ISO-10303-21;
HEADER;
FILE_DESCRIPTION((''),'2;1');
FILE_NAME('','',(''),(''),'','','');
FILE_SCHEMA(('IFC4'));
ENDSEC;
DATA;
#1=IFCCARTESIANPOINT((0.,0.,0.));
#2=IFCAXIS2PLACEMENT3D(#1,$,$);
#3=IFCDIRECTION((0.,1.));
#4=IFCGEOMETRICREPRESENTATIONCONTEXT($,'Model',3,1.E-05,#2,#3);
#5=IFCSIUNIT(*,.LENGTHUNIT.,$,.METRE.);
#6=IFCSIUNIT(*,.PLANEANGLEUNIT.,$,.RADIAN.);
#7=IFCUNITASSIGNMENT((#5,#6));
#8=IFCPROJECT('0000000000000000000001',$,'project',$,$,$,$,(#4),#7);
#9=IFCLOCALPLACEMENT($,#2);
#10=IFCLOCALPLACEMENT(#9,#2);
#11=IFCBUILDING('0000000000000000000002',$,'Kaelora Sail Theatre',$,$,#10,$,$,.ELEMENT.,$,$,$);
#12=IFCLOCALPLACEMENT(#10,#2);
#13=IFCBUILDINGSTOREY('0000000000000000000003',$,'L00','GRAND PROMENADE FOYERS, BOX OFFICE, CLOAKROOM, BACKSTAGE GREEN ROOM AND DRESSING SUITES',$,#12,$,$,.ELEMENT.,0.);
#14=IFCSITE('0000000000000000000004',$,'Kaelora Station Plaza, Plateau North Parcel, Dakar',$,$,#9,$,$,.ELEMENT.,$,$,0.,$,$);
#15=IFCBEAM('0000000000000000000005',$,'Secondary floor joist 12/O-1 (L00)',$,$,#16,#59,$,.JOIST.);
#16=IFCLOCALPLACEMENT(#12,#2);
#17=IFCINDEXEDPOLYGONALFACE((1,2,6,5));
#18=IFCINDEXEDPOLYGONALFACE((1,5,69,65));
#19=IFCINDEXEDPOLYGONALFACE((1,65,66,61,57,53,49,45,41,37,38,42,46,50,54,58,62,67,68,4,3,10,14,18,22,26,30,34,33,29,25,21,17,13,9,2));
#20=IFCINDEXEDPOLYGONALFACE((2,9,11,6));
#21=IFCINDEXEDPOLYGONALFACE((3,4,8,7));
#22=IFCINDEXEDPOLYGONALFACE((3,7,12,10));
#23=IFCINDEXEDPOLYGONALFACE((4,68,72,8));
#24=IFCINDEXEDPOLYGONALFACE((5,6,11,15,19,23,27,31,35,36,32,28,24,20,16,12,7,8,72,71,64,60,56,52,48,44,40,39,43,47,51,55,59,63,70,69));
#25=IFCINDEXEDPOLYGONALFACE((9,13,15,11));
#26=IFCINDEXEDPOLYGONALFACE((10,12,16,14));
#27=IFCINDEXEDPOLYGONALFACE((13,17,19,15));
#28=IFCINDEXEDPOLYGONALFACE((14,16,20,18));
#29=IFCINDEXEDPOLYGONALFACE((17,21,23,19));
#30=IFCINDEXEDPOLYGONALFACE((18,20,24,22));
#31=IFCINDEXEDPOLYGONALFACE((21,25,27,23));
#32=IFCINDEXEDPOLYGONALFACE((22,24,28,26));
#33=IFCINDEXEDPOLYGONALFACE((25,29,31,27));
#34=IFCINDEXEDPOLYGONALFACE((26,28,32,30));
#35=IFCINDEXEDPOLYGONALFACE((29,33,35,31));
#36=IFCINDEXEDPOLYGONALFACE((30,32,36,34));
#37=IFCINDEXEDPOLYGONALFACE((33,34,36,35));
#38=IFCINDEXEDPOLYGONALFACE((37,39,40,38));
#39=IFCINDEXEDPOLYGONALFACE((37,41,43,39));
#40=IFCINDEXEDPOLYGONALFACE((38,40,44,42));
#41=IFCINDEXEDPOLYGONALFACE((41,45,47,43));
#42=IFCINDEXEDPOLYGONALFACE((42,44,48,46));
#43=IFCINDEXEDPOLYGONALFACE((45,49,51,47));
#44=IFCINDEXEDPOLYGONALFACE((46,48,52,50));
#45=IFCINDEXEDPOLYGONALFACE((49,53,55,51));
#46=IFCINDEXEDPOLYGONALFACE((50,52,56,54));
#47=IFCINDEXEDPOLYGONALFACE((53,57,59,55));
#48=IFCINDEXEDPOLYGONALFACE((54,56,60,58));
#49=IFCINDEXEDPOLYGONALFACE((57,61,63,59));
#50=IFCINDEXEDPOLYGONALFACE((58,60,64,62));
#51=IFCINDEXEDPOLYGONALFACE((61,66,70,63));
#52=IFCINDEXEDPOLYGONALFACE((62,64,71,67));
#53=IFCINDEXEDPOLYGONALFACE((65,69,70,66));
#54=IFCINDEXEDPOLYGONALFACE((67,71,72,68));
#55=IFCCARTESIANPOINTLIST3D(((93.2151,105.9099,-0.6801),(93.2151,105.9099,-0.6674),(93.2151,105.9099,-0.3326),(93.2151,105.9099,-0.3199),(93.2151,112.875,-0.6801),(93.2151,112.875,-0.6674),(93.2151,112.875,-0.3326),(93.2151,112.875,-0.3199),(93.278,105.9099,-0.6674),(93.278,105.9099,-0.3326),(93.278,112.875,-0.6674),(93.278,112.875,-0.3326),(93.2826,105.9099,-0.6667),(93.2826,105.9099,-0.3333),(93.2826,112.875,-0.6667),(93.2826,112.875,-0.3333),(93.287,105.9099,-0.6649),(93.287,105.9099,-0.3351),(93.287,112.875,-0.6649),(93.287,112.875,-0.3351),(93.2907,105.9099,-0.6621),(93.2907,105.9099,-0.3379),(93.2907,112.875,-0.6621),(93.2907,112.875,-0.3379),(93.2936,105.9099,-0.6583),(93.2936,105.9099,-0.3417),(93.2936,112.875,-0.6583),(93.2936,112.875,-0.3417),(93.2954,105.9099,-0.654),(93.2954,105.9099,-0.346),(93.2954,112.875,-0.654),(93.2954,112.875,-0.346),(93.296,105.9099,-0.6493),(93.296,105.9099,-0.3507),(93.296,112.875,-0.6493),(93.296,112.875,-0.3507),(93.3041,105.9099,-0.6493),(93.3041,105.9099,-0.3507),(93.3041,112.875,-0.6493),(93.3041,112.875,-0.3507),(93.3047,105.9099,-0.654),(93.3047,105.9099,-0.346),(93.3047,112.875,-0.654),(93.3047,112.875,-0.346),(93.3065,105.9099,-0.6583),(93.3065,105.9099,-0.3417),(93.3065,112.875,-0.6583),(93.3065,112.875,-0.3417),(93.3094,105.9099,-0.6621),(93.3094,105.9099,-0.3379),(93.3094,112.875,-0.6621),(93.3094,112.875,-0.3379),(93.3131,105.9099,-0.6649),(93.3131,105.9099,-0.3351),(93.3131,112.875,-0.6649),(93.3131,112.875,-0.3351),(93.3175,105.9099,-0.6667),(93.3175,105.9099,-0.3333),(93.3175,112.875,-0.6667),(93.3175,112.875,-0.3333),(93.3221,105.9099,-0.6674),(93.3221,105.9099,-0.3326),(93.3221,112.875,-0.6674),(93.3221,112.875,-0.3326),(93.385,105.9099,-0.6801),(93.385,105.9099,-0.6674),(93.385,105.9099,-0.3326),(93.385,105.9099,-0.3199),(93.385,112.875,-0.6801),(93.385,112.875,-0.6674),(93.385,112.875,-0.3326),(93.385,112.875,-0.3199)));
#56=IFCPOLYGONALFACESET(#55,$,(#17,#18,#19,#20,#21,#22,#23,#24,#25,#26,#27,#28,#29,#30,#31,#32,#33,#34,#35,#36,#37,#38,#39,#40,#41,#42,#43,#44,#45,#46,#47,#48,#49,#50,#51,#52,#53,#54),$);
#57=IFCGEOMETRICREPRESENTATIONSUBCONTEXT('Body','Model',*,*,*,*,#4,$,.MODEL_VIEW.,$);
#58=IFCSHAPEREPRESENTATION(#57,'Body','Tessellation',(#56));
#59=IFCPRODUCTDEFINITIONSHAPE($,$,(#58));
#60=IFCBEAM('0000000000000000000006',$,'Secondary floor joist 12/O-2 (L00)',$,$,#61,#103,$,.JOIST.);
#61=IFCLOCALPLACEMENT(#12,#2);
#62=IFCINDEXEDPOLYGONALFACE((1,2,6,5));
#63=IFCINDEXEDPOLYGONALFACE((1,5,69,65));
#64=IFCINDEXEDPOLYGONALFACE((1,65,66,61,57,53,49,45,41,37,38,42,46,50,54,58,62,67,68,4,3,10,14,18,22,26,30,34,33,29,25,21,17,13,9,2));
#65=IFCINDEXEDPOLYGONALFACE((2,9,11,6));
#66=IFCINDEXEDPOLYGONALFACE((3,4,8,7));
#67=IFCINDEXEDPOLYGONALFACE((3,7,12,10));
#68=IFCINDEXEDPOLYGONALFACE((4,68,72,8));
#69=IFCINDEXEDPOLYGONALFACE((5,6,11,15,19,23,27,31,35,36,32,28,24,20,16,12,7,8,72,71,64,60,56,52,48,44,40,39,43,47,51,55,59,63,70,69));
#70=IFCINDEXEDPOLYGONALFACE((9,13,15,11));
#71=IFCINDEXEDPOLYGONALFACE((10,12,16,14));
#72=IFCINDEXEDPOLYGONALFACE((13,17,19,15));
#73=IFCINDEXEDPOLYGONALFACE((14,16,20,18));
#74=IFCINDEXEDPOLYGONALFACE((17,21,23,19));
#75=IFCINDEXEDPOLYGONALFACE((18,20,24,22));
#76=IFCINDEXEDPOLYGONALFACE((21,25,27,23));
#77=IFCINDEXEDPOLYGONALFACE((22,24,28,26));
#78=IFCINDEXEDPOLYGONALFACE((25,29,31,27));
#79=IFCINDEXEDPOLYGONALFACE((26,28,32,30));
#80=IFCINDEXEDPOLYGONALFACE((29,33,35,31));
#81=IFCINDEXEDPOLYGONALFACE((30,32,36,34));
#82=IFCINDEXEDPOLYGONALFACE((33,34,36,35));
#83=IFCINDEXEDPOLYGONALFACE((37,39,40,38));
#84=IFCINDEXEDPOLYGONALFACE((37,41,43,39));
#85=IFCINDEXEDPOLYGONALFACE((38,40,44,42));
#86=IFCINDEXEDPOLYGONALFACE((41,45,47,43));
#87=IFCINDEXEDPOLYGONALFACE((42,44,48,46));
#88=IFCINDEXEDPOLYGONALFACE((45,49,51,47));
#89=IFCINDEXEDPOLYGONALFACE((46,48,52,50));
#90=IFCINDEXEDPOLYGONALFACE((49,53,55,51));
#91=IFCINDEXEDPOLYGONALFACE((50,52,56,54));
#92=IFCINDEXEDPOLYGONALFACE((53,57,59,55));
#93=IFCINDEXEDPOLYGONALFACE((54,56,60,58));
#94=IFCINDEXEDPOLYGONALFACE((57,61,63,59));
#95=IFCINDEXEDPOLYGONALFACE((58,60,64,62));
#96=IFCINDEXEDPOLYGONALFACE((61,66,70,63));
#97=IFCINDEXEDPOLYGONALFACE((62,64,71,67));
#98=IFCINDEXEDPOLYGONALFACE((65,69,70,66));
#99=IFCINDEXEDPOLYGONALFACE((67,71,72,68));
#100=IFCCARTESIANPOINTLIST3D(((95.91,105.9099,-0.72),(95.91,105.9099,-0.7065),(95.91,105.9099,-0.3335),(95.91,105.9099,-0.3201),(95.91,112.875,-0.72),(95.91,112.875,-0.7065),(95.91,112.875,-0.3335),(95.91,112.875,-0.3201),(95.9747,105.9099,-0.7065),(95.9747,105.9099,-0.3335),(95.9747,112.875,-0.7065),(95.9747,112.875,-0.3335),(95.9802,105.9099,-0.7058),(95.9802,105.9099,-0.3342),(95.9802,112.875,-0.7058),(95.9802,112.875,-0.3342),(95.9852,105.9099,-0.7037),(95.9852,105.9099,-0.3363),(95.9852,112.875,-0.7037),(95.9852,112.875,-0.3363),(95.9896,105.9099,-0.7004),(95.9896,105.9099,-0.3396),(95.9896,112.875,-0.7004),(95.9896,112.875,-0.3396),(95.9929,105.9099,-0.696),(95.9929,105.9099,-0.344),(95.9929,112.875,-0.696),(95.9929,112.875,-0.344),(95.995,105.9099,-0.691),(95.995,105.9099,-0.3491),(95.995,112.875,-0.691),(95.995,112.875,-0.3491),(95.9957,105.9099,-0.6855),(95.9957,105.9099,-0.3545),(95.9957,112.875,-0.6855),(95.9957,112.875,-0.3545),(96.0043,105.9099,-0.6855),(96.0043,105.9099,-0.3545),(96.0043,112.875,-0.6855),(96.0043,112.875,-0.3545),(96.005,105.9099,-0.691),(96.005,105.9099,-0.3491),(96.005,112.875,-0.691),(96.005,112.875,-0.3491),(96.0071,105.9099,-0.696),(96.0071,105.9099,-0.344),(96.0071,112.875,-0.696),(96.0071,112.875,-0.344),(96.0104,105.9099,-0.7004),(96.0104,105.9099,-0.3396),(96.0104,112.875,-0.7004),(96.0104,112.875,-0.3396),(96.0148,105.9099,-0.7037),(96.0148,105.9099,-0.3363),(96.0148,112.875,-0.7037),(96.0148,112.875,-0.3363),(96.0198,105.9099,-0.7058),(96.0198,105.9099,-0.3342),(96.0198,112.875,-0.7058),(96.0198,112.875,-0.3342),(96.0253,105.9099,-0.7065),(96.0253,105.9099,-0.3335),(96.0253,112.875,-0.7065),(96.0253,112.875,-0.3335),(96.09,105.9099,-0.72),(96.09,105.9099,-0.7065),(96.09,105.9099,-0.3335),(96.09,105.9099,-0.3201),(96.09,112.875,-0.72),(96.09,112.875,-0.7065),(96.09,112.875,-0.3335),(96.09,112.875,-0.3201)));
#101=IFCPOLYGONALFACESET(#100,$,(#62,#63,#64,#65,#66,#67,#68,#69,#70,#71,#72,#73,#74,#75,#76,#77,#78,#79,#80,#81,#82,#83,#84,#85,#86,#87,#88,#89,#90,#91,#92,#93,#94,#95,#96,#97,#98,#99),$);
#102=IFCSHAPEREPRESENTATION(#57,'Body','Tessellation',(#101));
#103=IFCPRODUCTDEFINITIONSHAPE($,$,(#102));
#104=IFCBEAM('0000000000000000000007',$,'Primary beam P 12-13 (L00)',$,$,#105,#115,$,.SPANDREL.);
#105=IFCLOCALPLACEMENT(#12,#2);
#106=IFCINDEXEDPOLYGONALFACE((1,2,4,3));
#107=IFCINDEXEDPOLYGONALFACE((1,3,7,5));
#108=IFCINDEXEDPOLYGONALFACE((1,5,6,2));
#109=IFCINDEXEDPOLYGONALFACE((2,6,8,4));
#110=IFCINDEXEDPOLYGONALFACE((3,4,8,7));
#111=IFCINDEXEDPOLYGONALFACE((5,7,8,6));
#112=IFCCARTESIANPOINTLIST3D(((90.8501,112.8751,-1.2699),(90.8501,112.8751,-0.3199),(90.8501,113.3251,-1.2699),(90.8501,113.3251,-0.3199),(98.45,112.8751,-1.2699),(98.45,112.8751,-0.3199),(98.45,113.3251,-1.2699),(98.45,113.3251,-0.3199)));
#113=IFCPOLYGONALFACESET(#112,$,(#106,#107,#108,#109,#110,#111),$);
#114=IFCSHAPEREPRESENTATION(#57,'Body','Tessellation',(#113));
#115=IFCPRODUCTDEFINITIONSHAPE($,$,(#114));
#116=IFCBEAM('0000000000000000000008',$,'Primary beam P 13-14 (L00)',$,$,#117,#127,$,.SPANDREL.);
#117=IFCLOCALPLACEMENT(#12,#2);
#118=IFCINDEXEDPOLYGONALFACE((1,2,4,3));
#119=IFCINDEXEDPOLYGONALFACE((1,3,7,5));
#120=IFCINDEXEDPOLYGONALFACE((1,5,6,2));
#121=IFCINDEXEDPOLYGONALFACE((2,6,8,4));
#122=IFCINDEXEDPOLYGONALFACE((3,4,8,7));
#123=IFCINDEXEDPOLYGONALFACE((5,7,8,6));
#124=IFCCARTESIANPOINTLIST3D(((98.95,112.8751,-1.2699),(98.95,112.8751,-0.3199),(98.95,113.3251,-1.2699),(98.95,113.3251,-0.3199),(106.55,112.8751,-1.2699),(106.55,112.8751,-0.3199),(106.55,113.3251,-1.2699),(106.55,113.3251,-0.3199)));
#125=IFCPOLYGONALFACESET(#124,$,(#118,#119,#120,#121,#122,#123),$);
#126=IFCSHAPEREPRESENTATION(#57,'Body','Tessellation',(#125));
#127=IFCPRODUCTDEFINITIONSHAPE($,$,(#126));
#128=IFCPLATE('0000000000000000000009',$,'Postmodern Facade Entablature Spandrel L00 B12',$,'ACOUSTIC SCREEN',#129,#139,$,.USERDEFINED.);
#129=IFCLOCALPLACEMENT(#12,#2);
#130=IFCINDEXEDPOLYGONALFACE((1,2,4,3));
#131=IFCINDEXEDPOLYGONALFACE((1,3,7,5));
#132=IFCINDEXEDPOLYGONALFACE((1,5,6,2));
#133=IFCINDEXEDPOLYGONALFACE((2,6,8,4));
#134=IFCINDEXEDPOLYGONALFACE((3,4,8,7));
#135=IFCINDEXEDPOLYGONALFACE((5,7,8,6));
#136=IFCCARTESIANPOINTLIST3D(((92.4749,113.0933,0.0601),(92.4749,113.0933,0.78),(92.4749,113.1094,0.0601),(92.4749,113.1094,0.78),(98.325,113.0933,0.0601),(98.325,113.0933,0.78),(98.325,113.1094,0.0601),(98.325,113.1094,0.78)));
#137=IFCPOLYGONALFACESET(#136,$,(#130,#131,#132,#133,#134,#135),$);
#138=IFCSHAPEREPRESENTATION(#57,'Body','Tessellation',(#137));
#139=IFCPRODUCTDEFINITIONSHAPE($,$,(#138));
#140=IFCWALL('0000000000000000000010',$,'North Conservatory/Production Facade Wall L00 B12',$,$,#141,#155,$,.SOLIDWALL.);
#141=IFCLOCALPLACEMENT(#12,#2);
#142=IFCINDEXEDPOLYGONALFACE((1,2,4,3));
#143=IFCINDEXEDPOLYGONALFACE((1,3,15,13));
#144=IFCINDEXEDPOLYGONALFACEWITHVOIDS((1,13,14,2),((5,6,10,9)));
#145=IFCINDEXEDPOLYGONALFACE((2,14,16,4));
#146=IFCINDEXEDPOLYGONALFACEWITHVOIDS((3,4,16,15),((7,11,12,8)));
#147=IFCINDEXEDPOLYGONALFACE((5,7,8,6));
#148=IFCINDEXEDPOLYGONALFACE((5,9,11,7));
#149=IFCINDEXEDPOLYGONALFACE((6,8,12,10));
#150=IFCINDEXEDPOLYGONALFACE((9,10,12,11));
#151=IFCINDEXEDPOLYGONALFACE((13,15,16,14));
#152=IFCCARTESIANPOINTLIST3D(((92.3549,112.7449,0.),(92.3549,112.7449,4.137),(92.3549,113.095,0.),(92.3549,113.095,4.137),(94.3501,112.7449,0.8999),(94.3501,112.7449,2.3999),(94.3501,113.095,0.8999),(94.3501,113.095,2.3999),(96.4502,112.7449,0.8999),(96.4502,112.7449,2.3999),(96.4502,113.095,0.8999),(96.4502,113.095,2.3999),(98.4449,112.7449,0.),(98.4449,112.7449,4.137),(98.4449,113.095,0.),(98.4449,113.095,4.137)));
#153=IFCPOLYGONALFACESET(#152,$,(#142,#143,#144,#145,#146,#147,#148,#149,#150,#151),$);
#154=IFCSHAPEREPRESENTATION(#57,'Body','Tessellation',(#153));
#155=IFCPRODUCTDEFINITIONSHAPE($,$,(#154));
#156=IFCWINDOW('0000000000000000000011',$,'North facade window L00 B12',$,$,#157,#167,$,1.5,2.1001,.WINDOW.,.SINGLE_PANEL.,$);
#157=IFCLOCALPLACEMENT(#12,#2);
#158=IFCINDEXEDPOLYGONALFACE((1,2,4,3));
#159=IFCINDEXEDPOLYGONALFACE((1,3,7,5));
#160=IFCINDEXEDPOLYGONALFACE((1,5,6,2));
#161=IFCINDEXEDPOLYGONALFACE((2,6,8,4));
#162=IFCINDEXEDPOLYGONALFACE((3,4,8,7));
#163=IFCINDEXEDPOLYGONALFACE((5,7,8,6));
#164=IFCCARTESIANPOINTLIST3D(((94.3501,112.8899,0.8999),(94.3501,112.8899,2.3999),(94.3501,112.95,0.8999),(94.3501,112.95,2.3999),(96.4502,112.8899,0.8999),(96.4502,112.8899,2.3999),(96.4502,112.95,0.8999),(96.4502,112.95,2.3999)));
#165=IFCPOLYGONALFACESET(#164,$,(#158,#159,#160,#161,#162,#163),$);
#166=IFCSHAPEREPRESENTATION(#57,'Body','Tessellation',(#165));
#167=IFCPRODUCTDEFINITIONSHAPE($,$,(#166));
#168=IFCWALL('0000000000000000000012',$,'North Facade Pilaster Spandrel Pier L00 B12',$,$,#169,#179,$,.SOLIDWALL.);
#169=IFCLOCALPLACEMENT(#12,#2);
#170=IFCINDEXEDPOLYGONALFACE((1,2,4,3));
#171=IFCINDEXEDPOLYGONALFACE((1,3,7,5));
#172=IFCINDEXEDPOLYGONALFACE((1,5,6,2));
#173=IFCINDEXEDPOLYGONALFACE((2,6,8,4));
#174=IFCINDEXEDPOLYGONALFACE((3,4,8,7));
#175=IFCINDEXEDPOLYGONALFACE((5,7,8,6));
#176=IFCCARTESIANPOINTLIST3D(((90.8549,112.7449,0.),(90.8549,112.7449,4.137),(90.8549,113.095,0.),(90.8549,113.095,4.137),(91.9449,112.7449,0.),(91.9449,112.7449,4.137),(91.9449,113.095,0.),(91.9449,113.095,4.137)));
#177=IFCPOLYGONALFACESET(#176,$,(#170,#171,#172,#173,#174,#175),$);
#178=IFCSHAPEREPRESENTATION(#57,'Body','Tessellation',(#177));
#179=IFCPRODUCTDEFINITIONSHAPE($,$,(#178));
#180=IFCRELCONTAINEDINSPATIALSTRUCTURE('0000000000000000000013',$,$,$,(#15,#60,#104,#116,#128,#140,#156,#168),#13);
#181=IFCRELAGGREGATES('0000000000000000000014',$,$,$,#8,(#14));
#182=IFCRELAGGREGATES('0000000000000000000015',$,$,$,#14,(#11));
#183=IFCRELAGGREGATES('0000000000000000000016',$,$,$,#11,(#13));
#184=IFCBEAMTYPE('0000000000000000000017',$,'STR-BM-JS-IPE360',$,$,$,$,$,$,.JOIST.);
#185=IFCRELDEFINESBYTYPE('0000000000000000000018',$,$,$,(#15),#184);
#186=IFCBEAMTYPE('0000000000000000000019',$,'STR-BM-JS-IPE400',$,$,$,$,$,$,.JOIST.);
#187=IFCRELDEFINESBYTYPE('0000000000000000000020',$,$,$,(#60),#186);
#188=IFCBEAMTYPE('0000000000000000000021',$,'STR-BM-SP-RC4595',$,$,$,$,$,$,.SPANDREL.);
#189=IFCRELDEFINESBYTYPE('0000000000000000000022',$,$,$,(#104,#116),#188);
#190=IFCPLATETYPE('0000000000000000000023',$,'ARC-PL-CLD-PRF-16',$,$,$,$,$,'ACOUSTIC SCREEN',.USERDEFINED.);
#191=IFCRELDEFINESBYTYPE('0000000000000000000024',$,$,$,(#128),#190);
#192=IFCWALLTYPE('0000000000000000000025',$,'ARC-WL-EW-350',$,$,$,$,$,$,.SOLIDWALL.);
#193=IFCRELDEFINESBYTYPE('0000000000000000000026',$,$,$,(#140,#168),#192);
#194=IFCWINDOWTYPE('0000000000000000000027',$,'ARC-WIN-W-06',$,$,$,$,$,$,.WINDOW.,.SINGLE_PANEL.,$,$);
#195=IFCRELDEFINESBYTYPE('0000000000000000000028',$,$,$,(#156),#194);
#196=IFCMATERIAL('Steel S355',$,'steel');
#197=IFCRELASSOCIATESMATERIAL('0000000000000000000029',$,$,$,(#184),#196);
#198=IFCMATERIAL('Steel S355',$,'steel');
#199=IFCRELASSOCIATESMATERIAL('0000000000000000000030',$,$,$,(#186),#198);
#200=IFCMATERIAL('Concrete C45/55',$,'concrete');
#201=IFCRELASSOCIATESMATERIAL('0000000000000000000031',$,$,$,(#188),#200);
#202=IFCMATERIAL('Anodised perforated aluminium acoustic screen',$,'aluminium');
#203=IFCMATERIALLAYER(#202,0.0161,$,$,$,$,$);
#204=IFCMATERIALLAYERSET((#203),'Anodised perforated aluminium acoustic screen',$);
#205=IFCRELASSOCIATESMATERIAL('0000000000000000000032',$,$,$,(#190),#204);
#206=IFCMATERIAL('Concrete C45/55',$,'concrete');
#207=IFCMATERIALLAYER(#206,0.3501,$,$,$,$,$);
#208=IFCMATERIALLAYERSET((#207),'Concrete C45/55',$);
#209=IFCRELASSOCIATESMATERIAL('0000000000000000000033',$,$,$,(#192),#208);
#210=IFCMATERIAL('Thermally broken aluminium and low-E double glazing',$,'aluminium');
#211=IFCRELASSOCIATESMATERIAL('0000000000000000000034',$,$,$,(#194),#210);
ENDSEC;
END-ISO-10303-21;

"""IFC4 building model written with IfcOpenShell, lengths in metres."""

from ifc_helpers import new_model, si_unit, direction, frame, frame_2d, origin, origin_2d, place, context, subcontext, project, spatial, rectangle, i_section, extrude, material, layer, layer_set, material_profile, profile_set, type_object, element, fill, save


model = new_model("IFC4")

# Units and contexts
model_context = context("Model", 3, precision=1e-05, world=origin(), true_north=direction((0.0, 1.0)))
body_context = subcontext(model_context, "Body", "Model", "MODEL_VIEW")
ifc_project = project(units=[si_unit("LENGTHUNIT", "METRE"), si_unit("PLANEANGLEUNIT", "RADIAN")], contexts=[model_context])

# Site, building, storey
site_placement = place(None, origin())
site = spatial("IfcSite", under=ifc_project, at=site_placement, Name="Kaelora Station Plaza, Plateau North Parcel, Dakar", CompositionType="ELEMENT", RefElevation=0.0)
building_placement = place(site_placement, origin())
building = spatial("IfcBuilding", under=site, at=building_placement, Name="Kaelora Sail Theatre", CompositionType="ELEMENT")
storey_placement = place(building_placement, origin())
storey = spatial("IfcBuildingStorey", under=building, at=storey_placement, Name="L00", Description="GRAND PROMENADE FOYERS, BOX OFFICE, CLOAKROOM, BACKSTAGE GREEN ROOM AND DRESSING SUITES", CompositionType="ELEMENT", Elevation=0.0)

# Beams
ifc_material_1 = material(Name="Steel S355", Category="steel")
ifc_material_profile_1 = material_profile(ifc_material_1, i_section(OverallWidth=0.1699, OverallDepth=0.3601, WebThickness=0.0081, FlangeThickness=0.0127, FilletRadius=0.0181, at=origin_2d()), Name="IPE 360")
ifc_profile_set_1 = profile_set([ifc_material_profile_1], Name="Steel S355")
beam_type_1 = type_object("IfcBeamType", Name="STR-BM-JS-IPE360", PredefinedType="JOIST", material=ifc_profile_set_1)
beam_1_placement = place(storey_placement, frame((93.3, 105.9099, -0.5), z_axis=(0.0, 1.0, 0.0), x_axis=(-1.0, 0.0, 0.0)))
element("IfcBeam", 1, at=beam_1_placement, inside=storey, type_object=beam_type_1, Name="Secondary floor joist 12/O-1 (L00)", PredefinedType="JOIST", context=body_context, shape_type="SweptSolid", body=[
    extrude(i_section(OverallWidth=0.1699, OverallDepth=0.3601, WebThickness=0.0081, FlangeThickness=0.0127, FilletRadius=0.0181, at=origin_2d()), origin(), (0.0, 0.0, 1.0), 6.9651),
])
ifc_material_2 = material(Name="Steel S355", Category="steel")
ifc_material_profile_2 = material_profile(ifc_material_2, i_section(OverallWidth=0.1799, OverallDepth=0.3999, WebThickness=0.0085, FlangeThickness=0.0134, FilletRadius=0.021, at=origin_2d()), Name="IPE 400")
ifc_profile_set_2 = profile_set([ifc_material_profile_2], Name="Steel S355")
beam_type_2 = type_object("IfcBeamType", Name="STR-BM-JS-IPE400", PredefinedType="JOIST", material=ifc_profile_set_2)
beam_2_placement = place(storey_placement, frame((96.0, 105.9099, -0.52), z_axis=(0.0, 1.0, 0.0), x_axis=(-1.0, 0.0, 0.0)))
element("IfcBeam", 2, at=beam_2_placement, inside=storey, type_object=beam_type_2, Name="Secondary floor joist 12/O-2 (L00)", PredefinedType="JOIST", context=body_context, shape_type="SweptSolid", body=[
    extrude(i_section(OverallWidth=0.1799, OverallDepth=0.3999, WebThickness=0.0085, FlangeThickness=0.0134, FilletRadius=0.021, at=origin_2d()), origin(), (0.0, 0.0, 1.0), 6.9651),
])
ifc_material_3 = material(Name="Concrete C45/55", Category="concrete")
ifc_material_profile_3 = material_profile(ifc_material_3, rectangle(XDim=0.45, YDim=0.95, at=origin_2d()), Name="RC-SPN 450x950")
ifc_profile_set_3 = profile_set([ifc_material_profile_3], Name="Concrete C45/55")
beam_type_3 = type_object("IfcBeamType", Name="STR-BM-SP-RC4595", PredefinedType="SPANDREL", material=ifc_profile_set_3)
beam_3_placement = place(storey_placement, frame((90.8501, 113.1001, -0.7949), z_axis=(1.0, 0.0, 0.0), x_axis=(0.0, 1.0, 0.0)))
element("IfcBeam", 3, at=beam_3_placement, inside=storey, type_object=beam_type_3, Name="Primary beam P 12-13 (L00)", PredefinedType="SPANDREL", context=body_context, shape_type="SweptSolid", body=[
    extrude(rectangle(XDim=0.45, YDim=0.95, at=origin_2d()), origin(), (0.0, 0.0, 1.0), 7.5999),
])
beam_4_placement = place(storey_placement, frame((98.95, 113.1001, -0.7949), z_axis=(1.0, 0.0, 0.0), x_axis=(0.0, 1.0, 0.0)))
element("IfcBeam", 4, at=beam_4_placement, inside=storey, type_object=beam_type_3, Name="Primary beam P 13-14 (L00)", PredefinedType="SPANDREL", context=body_context, shape_type="SweptSolid", body=[
    extrude(rectangle(XDim=0.45, YDim=0.95, at=origin_2d()), origin(), (0.0, 0.0, 1.0), 7.6001),
])

# Plate
ifc_material_4 = material(Name="Anodised perforated aluminium acoustic screen", Category="aluminium")
ifc_layer_1 = layer(ifc_material_4, 0.0161)
ifc_layer_set_1 = layer_set([ifc_layer_1], Name="Anodised perforated aluminium acoustic screen")
plate_type = type_object("IfcPlateType", Name="ARC-PL-CLD-PRF-16", ElementType="ACOUSTIC SCREEN", PredefinedType="USERDEFINED", material=ifc_layer_set_1)
plate_placement = place(storey_placement, frame((95.3999, 113.1013, 0.0601), z_axis=(0.0, 0.0, 1.0), x_axis=(1.0, 0.0, 0.0)))
element("IfcPlate", 5, at=plate_placement, inside=storey, type_object=plate_type, Name="Postmodern Facade Entablature Spandrel L00 B12", ObjectType="ACOUSTIC SCREEN", PredefinedType="USERDEFINED", context=body_context, shape_type="SweptSolid", body=[
    extrude(rectangle(XDim=5.8501, YDim=0.0161, at=origin_2d()), origin(), (0.0, 0.0, 1.0), 0.72),
])

# Wall, opening, window
ifc_material_5 = material(Name="Concrete C45/55", Category="concrete")
ifc_layer_2 = layer(ifc_material_5, 0.3501)
ifc_layer_set_2 = layer_set([ifc_layer_2], Name="Concrete C45/55")
wall_type_1 = type_object("IfcWallType", Name="ARC-WL-EW-350", PredefinedType="SOLIDWALL", material=ifc_layer_set_2)
wall_1_placement = place(storey_placement, frame((92.355, 112.9199, 0.0), z_axis=(0.0, 0.0, 1.0), x_axis=(1.0, 0.0, 0.0)))
wall_1 = element("IfcWall", 6, at=wall_1_placement, inside=storey, type_object=wall_type_1, Name="North Conservatory/Production Facade Wall L00 B12", PredefinedType="SOLIDWALL", context=body_context, shape_type="SweptSolid", body=[
    extrude(rectangle(XDim=6.0901, YDim=0.3501, at=frame_2d((3.0449, 0.0))), origin(), (0.0, 0.0, 1.0), 4.137),
])
opening_placement = place(wall_1_placement, frame((1.9951, 0.0, 0.8999)))
opening = element("IfcOpeningElement", 7, at=opening_placement, cuts=wall_1, PredefinedType="OPENING", context=body_context, shape_type="SweptSolid", body=[
    extrude(rectangle(XDim=2.1001, YDim=1.5, at=frame_2d((1.05, 0.75))), frame((0.0, 0.185, 0.0), z_axis=(0.0, -1.0, 0.0), x_axis=(1.0, 0.0, 0.0)), (0.0, 0.0, 1.0), 0.3701),
])
ifc_material_6 = material(Name="Thermally broken aluminium and low-E double glazing", Category="aluminium")
window_type = type_object("IfcWindowType", Name="ARC-WIN-W-06", PartitioningType="SINGLE_PANEL", PredefinedType="WINDOW", material=ifc_material_6)
window_placement = place(opening_placement, origin())
window = element("IfcWindow", 8, at=window_placement, inside=storey, type_object=window_type, Name="North facade window L00 B12", OverallHeight=1.5, OverallWidth=2.1001, PartitioningType="SINGLE_PANEL", PredefinedType="WINDOW", context=body_context, shape_type="SweptSolid", body=[
    extrude(rectangle(XDim=2.1001, YDim=1.5, at=frame_2d((1.05, 0.75))), frame((0.0, 0.03, 0.0), z_axis=(0.0, -1.0, 0.0), x_axis=(1.0, 0.0, 0.0)), (0.0, 0.0, 1.0), 0.0601),
])
fill(opening, window)

# Wall
wall_2_placement = place(storey_placement, frame((90.855, 112.9199, 0.0), z_axis=(0.0, 0.0, 1.0), x_axis=(1.0, 0.0, 0.0)))
element("IfcWall", 9, at=wall_2_placement, inside=storey, type_object=wall_type_1, Name="North Facade Pilaster Spandrel Pier L00 B12", PredefinedType="SOLIDWALL", context=body_context, shape_type="SweptSolid", body=[
    extrude(rectangle(XDim=1.0901, YDim=0.3501, at=frame_2d((0.5449, 0.0))), origin(), (0.0, 0.0, 1.0), 4.137),
])

save(model, "model.ifc")
